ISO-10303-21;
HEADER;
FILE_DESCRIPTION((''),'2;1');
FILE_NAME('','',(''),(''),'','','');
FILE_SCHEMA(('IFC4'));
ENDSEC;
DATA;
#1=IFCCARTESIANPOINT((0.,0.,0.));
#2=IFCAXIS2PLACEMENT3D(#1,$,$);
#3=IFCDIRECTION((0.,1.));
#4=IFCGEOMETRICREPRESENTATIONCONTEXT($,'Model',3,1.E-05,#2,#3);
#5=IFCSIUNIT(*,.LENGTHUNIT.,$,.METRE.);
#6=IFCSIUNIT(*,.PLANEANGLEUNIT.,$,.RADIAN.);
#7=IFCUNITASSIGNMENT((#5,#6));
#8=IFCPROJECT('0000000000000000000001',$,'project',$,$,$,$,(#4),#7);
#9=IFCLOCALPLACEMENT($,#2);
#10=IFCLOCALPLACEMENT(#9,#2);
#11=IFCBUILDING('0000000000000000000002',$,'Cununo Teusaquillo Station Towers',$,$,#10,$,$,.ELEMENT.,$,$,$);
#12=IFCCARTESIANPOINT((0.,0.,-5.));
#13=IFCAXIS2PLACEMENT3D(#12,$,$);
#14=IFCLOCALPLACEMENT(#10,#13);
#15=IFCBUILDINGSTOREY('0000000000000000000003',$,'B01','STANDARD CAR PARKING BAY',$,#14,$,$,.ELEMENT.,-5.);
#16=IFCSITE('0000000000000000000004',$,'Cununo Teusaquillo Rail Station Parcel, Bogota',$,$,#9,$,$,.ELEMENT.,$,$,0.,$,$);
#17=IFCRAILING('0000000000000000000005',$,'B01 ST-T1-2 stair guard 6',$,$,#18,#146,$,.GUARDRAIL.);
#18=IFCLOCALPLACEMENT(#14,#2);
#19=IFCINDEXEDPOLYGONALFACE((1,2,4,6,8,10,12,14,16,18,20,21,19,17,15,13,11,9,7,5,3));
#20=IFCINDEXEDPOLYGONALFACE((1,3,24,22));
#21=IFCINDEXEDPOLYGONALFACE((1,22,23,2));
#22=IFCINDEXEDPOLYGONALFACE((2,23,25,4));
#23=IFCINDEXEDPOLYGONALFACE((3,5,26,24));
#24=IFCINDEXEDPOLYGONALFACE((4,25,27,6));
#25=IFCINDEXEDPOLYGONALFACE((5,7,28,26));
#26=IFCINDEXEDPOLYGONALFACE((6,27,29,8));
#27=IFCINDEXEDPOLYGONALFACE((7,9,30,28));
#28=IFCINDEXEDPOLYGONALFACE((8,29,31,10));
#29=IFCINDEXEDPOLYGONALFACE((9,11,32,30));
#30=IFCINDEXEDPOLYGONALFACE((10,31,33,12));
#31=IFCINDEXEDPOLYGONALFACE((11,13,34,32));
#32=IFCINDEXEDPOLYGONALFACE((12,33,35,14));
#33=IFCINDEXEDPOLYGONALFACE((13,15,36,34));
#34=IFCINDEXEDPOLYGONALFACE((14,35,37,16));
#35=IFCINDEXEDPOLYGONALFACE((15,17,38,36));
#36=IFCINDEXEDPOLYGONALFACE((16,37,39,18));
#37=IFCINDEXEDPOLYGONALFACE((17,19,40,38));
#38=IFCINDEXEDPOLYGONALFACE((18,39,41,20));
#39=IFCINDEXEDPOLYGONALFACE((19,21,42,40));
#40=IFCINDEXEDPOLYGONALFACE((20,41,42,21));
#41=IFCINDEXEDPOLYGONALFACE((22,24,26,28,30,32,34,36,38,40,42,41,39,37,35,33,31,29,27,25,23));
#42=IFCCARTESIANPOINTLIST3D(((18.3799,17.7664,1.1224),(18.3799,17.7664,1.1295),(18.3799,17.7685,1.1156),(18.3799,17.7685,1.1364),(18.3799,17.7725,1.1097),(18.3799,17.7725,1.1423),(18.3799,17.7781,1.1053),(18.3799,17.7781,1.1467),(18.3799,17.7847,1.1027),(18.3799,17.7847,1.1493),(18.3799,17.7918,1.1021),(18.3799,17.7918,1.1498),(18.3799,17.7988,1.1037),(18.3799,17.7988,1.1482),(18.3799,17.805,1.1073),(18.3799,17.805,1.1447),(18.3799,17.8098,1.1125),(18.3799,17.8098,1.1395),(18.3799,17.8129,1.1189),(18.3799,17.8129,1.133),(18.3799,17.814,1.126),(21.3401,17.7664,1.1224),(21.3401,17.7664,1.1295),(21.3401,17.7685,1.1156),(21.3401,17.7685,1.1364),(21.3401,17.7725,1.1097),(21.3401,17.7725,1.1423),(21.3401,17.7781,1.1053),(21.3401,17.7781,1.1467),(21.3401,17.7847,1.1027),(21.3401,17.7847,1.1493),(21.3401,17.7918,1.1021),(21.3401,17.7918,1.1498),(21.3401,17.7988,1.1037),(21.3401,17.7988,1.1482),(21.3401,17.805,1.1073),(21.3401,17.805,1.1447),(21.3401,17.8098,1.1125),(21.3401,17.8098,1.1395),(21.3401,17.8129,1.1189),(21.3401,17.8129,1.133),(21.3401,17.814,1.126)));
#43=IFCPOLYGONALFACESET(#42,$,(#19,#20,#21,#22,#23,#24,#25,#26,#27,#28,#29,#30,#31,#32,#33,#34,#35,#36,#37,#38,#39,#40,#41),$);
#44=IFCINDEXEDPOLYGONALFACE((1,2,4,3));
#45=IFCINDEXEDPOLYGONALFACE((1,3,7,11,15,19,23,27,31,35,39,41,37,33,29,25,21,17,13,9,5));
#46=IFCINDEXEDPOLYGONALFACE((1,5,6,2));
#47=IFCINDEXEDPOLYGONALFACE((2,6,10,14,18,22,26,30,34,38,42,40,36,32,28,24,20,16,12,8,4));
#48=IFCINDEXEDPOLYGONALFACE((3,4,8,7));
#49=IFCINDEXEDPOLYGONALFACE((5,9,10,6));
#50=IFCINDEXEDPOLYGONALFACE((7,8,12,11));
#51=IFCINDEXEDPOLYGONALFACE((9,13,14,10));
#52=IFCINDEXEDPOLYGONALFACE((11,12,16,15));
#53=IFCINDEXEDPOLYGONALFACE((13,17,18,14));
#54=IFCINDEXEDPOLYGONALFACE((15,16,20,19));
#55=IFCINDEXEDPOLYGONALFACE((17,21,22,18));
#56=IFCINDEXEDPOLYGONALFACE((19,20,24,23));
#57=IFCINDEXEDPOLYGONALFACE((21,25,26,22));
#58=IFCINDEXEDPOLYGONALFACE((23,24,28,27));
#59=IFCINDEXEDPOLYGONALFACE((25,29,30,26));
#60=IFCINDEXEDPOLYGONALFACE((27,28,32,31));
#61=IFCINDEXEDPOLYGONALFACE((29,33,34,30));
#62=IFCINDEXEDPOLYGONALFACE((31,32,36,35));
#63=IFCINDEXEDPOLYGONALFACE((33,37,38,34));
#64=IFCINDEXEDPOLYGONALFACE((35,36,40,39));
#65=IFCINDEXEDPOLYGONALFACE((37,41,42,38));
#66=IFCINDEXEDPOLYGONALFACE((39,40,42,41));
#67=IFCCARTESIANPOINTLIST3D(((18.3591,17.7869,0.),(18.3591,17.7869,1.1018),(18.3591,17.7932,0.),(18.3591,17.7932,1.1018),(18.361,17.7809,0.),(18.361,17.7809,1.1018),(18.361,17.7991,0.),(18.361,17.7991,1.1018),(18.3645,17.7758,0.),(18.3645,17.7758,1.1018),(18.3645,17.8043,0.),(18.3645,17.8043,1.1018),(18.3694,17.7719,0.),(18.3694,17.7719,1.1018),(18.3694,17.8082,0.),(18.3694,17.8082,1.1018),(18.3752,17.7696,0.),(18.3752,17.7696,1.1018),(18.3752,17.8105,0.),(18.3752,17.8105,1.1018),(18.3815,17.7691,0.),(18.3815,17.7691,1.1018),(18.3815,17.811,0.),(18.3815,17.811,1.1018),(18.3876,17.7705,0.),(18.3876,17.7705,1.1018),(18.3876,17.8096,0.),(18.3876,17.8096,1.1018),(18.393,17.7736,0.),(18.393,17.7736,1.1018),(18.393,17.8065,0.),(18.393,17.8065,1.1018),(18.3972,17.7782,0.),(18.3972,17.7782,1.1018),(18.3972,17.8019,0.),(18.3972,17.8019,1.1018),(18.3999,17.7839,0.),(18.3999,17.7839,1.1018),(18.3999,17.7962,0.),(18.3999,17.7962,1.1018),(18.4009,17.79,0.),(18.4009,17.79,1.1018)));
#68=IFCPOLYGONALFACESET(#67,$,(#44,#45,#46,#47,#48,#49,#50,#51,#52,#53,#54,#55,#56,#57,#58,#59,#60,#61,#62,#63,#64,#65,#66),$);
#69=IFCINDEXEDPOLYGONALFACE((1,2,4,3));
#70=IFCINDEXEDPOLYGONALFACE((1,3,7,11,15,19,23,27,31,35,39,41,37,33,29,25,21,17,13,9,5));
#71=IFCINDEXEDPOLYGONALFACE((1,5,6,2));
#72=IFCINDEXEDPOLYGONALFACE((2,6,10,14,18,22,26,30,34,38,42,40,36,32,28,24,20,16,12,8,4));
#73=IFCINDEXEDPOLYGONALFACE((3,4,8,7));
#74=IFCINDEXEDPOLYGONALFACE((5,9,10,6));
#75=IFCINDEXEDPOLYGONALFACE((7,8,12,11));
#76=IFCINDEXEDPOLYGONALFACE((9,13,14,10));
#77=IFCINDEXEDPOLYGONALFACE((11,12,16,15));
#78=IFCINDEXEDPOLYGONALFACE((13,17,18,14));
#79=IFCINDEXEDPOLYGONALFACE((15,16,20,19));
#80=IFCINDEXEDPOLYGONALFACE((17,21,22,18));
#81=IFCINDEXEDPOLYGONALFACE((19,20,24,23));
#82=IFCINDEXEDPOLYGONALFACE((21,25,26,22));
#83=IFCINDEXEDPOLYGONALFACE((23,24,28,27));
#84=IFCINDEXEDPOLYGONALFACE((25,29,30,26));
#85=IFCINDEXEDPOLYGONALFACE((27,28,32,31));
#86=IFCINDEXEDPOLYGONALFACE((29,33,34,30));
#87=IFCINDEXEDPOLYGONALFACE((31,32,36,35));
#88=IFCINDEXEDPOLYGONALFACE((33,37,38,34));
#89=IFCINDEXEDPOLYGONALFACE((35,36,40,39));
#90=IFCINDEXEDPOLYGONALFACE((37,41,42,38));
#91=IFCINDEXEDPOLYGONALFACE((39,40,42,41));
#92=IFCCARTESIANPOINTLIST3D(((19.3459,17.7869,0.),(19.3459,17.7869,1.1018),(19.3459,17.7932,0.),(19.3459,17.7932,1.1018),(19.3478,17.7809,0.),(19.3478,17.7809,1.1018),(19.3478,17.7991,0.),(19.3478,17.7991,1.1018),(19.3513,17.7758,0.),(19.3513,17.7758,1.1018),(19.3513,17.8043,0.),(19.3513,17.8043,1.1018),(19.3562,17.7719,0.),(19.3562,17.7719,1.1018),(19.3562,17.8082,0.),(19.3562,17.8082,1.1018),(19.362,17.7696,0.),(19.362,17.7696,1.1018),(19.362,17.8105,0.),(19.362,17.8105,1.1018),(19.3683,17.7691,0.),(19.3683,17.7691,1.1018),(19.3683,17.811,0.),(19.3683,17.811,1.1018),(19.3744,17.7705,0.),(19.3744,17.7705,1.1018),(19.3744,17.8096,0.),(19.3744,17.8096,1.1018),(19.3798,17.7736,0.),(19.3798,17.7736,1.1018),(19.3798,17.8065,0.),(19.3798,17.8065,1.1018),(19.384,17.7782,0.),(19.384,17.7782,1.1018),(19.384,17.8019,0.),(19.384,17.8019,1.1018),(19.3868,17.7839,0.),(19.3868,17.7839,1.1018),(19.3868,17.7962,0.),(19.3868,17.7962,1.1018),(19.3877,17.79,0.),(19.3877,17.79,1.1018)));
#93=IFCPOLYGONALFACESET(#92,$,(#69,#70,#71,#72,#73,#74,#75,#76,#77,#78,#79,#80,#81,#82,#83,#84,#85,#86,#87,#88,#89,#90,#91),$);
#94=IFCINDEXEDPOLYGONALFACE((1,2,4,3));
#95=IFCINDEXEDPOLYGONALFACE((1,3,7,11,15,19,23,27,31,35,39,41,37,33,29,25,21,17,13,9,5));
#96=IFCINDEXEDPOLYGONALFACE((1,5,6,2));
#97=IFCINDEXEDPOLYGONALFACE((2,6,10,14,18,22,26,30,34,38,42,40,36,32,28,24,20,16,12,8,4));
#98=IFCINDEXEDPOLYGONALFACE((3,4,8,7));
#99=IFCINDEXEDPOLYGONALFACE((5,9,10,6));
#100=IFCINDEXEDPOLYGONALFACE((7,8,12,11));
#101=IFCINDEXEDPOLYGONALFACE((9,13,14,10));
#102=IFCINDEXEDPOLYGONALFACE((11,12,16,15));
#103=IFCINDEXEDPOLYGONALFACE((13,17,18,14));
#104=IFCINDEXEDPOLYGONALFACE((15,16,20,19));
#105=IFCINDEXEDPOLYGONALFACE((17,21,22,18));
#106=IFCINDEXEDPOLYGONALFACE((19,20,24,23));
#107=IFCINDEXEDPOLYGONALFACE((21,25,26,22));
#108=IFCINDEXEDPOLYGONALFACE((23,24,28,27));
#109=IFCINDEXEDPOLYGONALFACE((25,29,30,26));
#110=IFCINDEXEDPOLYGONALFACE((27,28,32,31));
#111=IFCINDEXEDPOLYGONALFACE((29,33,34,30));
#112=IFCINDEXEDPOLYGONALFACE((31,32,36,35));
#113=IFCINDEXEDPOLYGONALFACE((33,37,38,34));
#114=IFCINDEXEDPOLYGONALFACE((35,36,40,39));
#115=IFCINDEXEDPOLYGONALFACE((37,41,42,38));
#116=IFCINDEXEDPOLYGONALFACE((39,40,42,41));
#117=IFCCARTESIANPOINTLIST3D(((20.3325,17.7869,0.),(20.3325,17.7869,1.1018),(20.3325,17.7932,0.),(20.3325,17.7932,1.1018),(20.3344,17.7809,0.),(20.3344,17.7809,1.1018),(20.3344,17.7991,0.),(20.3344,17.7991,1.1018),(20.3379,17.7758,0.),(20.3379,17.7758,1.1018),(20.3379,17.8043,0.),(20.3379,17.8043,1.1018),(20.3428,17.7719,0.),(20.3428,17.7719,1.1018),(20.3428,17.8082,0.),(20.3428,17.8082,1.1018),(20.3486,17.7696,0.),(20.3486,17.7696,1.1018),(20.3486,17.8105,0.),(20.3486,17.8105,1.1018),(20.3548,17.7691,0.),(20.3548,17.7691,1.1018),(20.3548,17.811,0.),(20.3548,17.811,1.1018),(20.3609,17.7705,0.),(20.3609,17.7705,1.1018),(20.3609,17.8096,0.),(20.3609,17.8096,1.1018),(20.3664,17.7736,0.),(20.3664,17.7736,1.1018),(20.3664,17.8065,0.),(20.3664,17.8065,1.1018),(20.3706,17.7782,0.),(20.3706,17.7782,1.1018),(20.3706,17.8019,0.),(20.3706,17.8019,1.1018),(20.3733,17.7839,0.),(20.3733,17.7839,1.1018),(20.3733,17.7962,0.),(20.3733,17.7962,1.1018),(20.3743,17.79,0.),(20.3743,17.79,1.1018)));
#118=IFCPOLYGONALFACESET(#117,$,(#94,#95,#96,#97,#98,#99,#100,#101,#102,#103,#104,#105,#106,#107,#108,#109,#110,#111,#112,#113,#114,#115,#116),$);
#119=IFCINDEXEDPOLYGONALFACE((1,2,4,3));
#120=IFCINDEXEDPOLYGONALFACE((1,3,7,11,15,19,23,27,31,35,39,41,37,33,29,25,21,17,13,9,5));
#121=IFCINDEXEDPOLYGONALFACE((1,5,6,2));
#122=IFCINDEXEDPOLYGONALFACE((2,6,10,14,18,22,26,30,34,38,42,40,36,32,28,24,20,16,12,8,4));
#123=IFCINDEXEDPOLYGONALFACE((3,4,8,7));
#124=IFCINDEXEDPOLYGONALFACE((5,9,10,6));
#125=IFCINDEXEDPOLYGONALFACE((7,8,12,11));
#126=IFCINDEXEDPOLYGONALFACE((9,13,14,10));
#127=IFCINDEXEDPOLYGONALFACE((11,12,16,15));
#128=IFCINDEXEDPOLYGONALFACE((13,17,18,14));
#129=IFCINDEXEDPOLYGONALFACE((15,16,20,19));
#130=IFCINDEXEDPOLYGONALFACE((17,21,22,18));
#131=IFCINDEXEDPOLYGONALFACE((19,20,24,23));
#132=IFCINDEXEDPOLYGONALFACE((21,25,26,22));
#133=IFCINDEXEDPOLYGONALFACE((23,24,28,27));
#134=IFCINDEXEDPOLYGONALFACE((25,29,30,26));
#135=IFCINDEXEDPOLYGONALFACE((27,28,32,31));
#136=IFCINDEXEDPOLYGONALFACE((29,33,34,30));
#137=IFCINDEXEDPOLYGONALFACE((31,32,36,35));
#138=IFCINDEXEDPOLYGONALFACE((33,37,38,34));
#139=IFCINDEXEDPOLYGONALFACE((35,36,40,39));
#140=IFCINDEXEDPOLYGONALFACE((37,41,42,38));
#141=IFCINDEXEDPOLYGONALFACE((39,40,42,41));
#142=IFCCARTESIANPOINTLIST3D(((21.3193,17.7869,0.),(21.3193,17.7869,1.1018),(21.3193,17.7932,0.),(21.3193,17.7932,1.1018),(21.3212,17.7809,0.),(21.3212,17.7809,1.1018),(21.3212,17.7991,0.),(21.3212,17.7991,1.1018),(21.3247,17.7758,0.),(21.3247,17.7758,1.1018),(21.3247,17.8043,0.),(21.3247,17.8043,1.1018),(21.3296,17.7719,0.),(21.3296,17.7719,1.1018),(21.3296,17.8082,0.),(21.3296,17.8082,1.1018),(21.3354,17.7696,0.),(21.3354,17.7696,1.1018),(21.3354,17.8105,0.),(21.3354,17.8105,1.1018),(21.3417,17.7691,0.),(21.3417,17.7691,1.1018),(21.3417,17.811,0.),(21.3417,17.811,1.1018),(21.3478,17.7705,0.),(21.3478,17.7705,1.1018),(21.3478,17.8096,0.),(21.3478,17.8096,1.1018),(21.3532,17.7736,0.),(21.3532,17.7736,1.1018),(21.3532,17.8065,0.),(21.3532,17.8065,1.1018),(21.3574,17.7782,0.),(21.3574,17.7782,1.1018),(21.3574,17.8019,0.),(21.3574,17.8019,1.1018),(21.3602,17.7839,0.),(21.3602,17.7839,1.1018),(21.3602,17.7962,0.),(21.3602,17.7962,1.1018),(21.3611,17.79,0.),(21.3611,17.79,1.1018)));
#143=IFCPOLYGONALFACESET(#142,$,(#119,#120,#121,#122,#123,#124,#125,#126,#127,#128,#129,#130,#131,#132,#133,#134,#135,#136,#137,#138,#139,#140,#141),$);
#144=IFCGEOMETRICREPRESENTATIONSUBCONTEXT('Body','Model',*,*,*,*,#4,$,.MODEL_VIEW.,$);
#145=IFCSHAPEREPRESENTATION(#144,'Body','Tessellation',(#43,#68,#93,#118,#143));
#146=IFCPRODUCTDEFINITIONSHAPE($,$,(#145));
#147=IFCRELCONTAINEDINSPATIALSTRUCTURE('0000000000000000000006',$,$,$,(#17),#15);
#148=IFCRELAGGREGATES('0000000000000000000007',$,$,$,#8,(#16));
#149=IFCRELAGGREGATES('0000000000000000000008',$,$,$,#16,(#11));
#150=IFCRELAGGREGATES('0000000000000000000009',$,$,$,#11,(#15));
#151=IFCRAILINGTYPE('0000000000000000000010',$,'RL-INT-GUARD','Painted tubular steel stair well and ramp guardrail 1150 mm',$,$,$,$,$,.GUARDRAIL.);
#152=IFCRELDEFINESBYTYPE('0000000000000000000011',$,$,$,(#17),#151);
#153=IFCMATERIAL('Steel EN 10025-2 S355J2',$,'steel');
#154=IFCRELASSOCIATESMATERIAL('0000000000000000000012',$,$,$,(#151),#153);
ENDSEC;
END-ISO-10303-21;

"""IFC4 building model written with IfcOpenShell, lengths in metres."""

from ifc_helpers import new_model, si_unit, direction, frame, origin, origin_2d, place, context, subcontext, project, spatial, circle, extrude, material, type_object, element, save


model = new_model("IFC4")

# Units and contexts
model_context = context("Model", 3, precision=1e-05, world=origin(), true_north=direction((0.0, 1.0)))
body_context = subcontext(model_context, "Body", "Model", "MODEL_VIEW")
ifc_project = project(units=[si_unit("LENGTHUNIT", "METRE"), si_unit("PLANEANGLEUNIT", "RADIAN")], contexts=[model_context])

# Site, building, storey
site_placement = place(None, origin())
site = spatial("IfcSite", under=ifc_project, at=site_placement, Name="Cununo Teusaquillo Rail Station Parcel, Bogota", CompositionType="ELEMENT", RefElevation=0.0)
building_placement = place(site_placement, origin())
building = spatial("IfcBuilding", under=site, at=building_placement, Name="Cununo Teusaquillo Station Towers", CompositionType="ELEMENT")
storey_placement = place(building_placement, frame((0.0, 0.0, -5.0)))
storey = spatial("IfcBuildingStorey", under=building, at=storey_placement, Name="B01", Description="STANDARD CAR PARKING BAY", CompositionType="ELEMENT", Elevation=-5.0)

# Railing
ifc_material_1 = material(Name="Steel EN 10025-2 S355J2", Category="steel")
railing_type_1 = type_object("IfcRailingType", Name="RL-INT-GUARD", Description="Painted tubular steel stair well and ramp guardrail 1150 mm", PredefinedType="GUARDRAIL", material=ifc_material_1)
railing_1_placement = place(storey_placement, frame((18.3799, 17.79, 0.0)))
element("IfcRailing", 1, at=railing_1_placement, inside=storey, type_object=railing_type_1, Name="B01 ST-T1-2 stair guard 6", PredefinedType="GUARDRAIL", context=body_context, shape_type="SweptSolid", body=[
    extrude(circle(Radius=0.0239, at=origin_2d()), frame((0.0, 0.0, 1.126), z_axis=(1.0, 0.0, 0.0), x_axis=(0.0, 1.0, 0.0)), (0.0, 0.0, 1.0), 2.9602),
    extrude(circle(Radius=0.021, at=origin_2d()), origin(), (0.0, 0.0, 1.0), 1.1018),
    extrude(circle(Radius=0.021, at=origin_2d()), frame((0.9868, 0.0, 0.0)), (0.0, 0.0, 1.0), 1.1018),
    extrude(circle(Radius=0.021, at=origin_2d()), frame((1.9734, 0.0, 0.0)), (0.0, 0.0, 1.0), 1.1018),
    extrude(circle(Radius=0.021, at=origin_2d()), frame((2.9602, 0.0, 0.0)), (0.0, 0.0, 1.0), 1.1018),
])

save(model, "model.ifc")
